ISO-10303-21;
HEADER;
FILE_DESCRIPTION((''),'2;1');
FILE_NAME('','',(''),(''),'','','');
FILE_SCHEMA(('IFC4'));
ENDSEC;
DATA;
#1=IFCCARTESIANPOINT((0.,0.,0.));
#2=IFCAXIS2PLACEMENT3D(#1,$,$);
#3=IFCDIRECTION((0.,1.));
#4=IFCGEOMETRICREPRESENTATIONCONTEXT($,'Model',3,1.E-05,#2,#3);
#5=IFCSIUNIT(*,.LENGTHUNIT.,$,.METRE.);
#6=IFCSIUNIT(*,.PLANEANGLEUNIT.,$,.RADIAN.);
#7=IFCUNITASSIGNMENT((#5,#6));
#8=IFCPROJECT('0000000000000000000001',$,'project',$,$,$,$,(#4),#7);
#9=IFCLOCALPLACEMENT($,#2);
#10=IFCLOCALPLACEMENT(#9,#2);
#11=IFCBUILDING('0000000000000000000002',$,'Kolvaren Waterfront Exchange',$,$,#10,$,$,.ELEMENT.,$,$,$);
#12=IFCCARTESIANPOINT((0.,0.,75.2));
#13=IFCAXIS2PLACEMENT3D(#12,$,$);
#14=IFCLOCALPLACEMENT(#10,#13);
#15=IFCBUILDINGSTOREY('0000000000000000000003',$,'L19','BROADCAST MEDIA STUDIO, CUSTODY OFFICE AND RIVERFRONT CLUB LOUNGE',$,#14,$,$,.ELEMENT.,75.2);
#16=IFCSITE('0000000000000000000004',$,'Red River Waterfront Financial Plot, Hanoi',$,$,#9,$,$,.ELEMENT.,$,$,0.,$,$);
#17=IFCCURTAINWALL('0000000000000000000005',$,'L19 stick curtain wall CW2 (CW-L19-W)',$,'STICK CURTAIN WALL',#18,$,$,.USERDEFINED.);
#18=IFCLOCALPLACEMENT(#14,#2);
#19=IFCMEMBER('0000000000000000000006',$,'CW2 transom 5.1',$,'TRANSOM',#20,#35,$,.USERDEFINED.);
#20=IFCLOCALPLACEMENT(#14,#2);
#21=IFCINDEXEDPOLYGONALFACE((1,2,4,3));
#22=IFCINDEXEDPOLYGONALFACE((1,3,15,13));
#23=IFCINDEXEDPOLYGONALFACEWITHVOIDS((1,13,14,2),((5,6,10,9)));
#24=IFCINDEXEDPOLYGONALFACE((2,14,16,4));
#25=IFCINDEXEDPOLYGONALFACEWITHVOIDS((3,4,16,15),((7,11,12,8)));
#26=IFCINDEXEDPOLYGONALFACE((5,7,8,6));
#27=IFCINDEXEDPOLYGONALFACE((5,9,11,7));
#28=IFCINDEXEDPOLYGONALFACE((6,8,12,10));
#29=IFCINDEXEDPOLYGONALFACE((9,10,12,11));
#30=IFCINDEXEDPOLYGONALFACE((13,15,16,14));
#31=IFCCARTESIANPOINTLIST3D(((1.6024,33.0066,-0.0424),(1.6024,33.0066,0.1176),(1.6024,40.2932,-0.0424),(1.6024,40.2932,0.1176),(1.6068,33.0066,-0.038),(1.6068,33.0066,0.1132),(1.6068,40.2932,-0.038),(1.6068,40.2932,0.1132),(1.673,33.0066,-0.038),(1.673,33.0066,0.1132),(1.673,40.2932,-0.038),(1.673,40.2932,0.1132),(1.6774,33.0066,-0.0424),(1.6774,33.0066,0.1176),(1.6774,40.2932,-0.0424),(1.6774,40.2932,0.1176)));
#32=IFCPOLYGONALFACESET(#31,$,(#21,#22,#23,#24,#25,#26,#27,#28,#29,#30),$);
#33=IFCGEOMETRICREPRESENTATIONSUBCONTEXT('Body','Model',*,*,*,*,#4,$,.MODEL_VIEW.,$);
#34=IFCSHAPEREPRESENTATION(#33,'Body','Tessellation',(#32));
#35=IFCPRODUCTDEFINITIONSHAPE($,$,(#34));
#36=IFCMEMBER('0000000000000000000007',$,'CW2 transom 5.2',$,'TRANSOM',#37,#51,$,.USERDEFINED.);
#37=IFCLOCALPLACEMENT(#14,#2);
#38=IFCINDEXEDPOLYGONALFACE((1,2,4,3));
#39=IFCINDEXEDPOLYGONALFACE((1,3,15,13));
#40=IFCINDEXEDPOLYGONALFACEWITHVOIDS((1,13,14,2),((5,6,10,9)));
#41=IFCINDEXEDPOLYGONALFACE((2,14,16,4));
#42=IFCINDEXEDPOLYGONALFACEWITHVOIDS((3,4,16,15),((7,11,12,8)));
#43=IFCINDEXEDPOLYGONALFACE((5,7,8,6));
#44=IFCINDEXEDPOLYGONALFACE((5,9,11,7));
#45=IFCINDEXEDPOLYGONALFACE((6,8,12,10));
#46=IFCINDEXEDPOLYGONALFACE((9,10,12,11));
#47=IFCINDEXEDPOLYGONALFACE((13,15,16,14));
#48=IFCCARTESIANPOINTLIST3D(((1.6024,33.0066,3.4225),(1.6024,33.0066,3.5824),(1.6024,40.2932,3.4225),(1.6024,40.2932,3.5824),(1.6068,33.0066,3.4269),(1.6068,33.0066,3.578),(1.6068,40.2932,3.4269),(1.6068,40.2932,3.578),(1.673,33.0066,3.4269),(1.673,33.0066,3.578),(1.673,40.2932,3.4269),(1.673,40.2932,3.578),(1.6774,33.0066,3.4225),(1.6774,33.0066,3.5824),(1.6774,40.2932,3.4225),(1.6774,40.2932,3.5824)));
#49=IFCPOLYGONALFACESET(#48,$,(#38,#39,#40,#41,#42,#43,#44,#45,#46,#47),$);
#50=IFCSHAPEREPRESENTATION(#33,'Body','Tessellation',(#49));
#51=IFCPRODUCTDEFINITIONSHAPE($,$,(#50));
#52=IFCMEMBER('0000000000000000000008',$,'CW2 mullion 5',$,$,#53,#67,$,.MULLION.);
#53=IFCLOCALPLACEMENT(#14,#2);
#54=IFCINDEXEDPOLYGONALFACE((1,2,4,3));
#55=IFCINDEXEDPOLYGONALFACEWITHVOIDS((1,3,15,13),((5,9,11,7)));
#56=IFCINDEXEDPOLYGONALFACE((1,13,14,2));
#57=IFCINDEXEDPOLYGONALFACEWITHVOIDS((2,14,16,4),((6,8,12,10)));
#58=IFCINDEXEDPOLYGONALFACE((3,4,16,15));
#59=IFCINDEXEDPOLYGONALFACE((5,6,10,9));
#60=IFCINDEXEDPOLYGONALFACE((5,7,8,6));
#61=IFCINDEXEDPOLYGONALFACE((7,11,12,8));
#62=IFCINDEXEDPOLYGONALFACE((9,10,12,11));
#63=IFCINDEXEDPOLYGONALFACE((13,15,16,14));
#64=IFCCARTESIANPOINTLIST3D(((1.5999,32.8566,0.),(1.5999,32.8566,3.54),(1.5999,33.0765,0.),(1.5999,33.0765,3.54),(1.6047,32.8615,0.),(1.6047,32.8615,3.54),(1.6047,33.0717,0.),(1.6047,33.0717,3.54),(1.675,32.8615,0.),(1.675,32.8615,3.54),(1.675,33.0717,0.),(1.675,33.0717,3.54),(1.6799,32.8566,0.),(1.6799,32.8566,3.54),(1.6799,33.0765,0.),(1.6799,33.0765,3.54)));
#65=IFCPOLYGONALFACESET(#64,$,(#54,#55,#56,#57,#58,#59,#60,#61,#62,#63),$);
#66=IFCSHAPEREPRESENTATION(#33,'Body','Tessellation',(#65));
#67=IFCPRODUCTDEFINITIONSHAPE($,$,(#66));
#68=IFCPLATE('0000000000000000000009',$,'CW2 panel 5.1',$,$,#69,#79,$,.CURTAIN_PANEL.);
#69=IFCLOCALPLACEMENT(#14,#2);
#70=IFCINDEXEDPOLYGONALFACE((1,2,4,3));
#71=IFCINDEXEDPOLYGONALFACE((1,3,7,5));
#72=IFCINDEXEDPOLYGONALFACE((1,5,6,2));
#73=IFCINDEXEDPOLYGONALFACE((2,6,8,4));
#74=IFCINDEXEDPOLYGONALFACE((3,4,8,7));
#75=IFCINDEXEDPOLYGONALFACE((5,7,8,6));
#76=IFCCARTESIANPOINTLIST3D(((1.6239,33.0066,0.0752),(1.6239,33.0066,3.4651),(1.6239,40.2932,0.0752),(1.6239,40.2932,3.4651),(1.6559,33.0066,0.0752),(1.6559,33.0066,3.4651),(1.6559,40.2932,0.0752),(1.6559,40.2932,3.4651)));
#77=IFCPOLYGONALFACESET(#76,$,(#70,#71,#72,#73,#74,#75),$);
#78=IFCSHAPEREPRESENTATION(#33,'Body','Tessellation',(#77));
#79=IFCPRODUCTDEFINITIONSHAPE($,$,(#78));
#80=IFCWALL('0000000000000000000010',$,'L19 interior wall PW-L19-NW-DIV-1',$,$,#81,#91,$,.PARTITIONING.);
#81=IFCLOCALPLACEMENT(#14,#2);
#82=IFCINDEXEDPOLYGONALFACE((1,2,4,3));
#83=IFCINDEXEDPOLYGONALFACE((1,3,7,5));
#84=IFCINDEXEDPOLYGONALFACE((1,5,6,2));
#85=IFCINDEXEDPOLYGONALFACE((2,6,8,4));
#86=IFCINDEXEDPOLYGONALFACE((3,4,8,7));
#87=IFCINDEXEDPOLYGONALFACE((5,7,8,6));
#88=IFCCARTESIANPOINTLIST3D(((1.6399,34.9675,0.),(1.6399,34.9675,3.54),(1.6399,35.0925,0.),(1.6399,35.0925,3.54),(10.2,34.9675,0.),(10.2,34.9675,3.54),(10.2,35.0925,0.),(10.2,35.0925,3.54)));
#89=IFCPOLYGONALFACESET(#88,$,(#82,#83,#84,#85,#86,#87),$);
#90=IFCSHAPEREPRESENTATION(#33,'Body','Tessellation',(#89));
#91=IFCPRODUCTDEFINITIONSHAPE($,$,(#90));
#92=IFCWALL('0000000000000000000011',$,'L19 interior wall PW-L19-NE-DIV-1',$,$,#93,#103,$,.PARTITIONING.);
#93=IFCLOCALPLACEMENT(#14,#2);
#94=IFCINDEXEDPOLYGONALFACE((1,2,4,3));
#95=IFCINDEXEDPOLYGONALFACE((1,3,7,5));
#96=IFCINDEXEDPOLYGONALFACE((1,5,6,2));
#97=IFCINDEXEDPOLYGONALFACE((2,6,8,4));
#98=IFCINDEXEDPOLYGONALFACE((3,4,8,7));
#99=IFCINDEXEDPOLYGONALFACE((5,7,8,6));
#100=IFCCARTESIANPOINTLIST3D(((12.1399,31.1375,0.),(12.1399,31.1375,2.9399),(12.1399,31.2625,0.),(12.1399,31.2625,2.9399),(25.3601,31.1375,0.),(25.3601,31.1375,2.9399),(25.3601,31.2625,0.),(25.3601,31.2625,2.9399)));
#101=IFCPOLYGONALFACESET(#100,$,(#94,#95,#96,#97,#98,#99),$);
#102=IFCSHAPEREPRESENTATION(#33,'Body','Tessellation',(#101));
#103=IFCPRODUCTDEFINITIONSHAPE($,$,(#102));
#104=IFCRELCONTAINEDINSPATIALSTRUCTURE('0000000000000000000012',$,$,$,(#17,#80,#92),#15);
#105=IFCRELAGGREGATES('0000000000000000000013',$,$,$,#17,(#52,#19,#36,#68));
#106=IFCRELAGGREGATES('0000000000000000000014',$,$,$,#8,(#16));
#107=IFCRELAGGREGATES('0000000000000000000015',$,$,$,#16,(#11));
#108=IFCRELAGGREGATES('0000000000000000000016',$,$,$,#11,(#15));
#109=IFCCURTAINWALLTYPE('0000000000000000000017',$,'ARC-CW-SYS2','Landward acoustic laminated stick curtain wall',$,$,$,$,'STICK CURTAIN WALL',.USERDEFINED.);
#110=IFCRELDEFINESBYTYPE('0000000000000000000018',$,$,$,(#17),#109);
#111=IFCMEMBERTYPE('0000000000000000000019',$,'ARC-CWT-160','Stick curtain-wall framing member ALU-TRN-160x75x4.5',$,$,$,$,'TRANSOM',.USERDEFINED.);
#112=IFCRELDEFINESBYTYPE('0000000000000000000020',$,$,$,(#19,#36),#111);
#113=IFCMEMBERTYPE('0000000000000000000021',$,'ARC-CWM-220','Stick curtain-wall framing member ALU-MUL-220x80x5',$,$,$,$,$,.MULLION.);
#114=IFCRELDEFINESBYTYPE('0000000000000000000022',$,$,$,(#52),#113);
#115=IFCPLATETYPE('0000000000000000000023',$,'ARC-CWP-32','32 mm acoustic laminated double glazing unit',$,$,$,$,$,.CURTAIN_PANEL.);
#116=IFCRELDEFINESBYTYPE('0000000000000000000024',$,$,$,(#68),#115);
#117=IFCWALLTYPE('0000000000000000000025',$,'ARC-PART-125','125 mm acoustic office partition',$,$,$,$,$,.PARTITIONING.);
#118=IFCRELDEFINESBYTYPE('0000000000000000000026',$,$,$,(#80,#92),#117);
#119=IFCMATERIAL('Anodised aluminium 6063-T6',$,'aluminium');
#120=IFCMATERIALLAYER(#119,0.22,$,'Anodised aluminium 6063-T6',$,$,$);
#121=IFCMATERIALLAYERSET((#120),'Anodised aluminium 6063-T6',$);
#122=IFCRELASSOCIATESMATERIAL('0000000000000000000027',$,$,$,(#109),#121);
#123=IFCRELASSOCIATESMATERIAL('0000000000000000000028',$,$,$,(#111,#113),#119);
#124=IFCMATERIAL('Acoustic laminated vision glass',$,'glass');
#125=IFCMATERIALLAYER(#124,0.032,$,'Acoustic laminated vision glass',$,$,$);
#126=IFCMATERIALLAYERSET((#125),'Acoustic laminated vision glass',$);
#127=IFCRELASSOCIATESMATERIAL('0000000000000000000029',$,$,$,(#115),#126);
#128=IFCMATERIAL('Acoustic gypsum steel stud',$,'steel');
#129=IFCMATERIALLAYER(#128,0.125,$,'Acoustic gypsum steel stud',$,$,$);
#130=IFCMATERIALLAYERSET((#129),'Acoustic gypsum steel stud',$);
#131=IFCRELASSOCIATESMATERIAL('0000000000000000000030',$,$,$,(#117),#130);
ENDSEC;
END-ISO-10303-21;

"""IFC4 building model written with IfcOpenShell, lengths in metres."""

from ifc_helpers import new_model, si_unit, direction, frame, frame_2d, origin, origin_with_axes, origin_2d, place, context, subcontext, project, spatial, rectangle, hollow_rectangle, extrude, source, transform, mapped, material, layer, layer_set, material_profile, profile_set, type_object, element, aggregate, save


model = new_model("IFC4")

# Units and contexts
model_context = context("Model", 3, precision=1e-05, world=origin(), true_north=direction((0.0, 1.0)))
body_context = subcontext(model_context, "Body", "Model", "MODEL_VIEW")
ifc_project = project(units=[si_unit("LENGTHUNIT", "METRE"), si_unit("PLANEANGLEUNIT", "RADIAN")], contexts=[model_context])

# Site, building, storey
site_placement = place(None, origin())
site = spatial("IfcSite", under=ifc_project, at=site_placement, Name="Red River Waterfront Financial Plot, Hanoi", CompositionType="ELEMENT", RefElevation=0.0)
building_placement = place(site_placement, origin())
building = spatial("IfcBuilding", under=site, at=building_placement, Name="Kolvaren Waterfront Exchange", CompositionType="ELEMENT")
storey_placement = place(building_placement, frame((0.0, 0.0, 75.2)))
storey = spatial("IfcBuildingStorey", under=building, at=storey_placement, Name="L19", Description="BROADCAST MEDIA STUDIO, CUSTODY OFFICE AND RIVERFRONT CLUB LOUNGE", CompositionType="ELEMENT", Elevation=75.2)

# Curtain wall, members, plate
ifc_material_1 = material(Name="Anodised aluminium 6063-T6", Category="aluminium")
ifc_layer_1 = layer(ifc_material_1, 0.22, Name="Anodised aluminium 6063-T6")
ifc_layer_set_1 = layer_set([ifc_layer_1], Name="Anodised aluminium 6063-T6")
curtain_wall_type = type_object("IfcCurtainWallType", Name="ARC-CW-SYS2", Description="Landward acoustic laminated stick curtain wall", ElementType="STICK CURTAIN WALL", PredefinedType="USERDEFINED", material=ifc_layer_set_1)
curtain_wall_placement = place(storey_placement, origin())
curtain_wall = element("IfcCurtainWall", 1, at=curtain_wall_placement, inside=storey, type_object=curtain_wall_type, Name="L19 stick curtain wall CW2 (CW-L19-W)", ObjectType="STICK CURTAIN WALL", PredefinedType="USERDEFINED")
ifc_material_profile_1 = material_profile(ifc_material_1, hollow_rectangle(XDim=0.075, YDim=0.1599, WallThickness=0.0044, at=origin_2d()), Name="ALU-TRN-160x75x4.5")
ifc_profile_set_1 = profile_set([ifc_material_profile_1], Name="Anodised aluminium 6063-T6")
member_type_1 = type_object("IfcMemberType", Name="ARC-CWT-160", Description="Stick curtain-wall framing member ALU-TRN-160x75x4.5", ElementType="TRANSOM", PredefinedType="USERDEFINED", material=ifc_profile_set_1)
shared_shape_1 = source(origin_with_axes(), body_context, "Body", "SweptSolid", [
    extrude(hollow_rectangle(XDim=0.075, YDim=0.1599, WallThickness=0.0044, at=origin_2d()), origin(), (0.0, 0.0, 1.0), 7.2866),
])
member_1_placement = place(storey_placement, frame((1.6399, 33.0066, 0.0376), z_axis=(0.0, 1.0, 0.0), x_axis=(-1.0, 0.0, 0.0)))
member_1 = element("IfcMember", 2, at=member_1_placement, type_object=member_type_1, Name="CW2 transom 5.1", ObjectType="TRANSOM", PredefinedType="USERDEFINED", context=body_context, shape_type="MappedRepresentation", body=[
    mapped(shared_shape_1, transform((0.0, 0.0, 0.0), x_axis=(1.0, 0.0, 0.0), y_axis=(0.0, 1.0, 0.0), z_axis=(0.0, 0.0, 1.0), scale=1.0)),
])
member_2_placement = place(storey_placement, frame((1.6399, 33.0066, 3.5024), z_axis=(0.0, 1.0, 0.0), x_axis=(-1.0, 0.0, 0.0)))
member_2 = element("IfcMember", 3, at=member_2_placement, type_object=member_type_1, Name="CW2 transom 5.2", ObjectType="TRANSOM", PredefinedType="USERDEFINED", context=body_context, shape_type="MappedRepresentation", body=[
    mapped(shared_shape_1, transform((0.0, 0.0, 0.0), x_axis=(1.0, 0.0, 0.0), y_axis=(0.0, 1.0, 0.0), z_axis=(0.0, 0.0, 1.0), scale=1.0)),
])
ifc_material_profile_2 = material_profile(ifc_material_1, hollow_rectangle(XDim=0.0801, YDim=0.22, WallThickness=0.0049, at=origin_2d()), Name="ALU-MUL-220x80x5")
ifc_profile_set_2 = profile_set([ifc_material_profile_2], Name="Anodised aluminium 6063-T6")
member_type_2 = type_object("IfcMemberType", Name="ARC-CWM-220", Description="Stick curtain-wall framing member ALU-MUL-220x80x5", PredefinedType="MULLION", material=ifc_profile_set_2)
shared_shape_2 = source(origin_with_axes(), body_context, "Body", "SweptSolid", [
    extrude(hollow_rectangle(XDim=0.0801, YDim=0.22, WallThickness=0.0049, at=origin_2d()), origin(), (0.0, 0.0, 1.0), 3.54),
])
member_3_placement = place(storey_placement, frame((1.6399, 32.9666, 0.0), z_axis=(0.0, 0.0, 1.0), x_axis=(-1.0, 0.0, 0.0)))
member_3 = element("IfcMember", 4, at=member_3_placement, type_object=member_type_2, Name="CW2 mullion 5", PredefinedType="MULLION", context=body_context, shape_type="MappedRepresentation", body=[
    mapped(shared_shape_2, transform((0.0, 0.0, 0.0), x_axis=(1.0, 0.0, 0.0), y_axis=(0.0, 1.0, 0.0), z_axis=(0.0, 0.0, 1.0), scale=1.0)),
])
ifc_material_2 = material(Name="Acoustic laminated vision glass", Category="glass")
ifc_layer_2 = layer(ifc_material_2, 0.032, Name="Acoustic laminated vision glass")
ifc_layer_set_2 = layer_set([ifc_layer_2], Name="Acoustic laminated vision glass")
plate_type = type_object("IfcPlateType", Name="ARC-CWP-32", Description="32 mm acoustic laminated double glazing unit", PredefinedType="CURTAIN_PANEL", material=ifc_layer_set_2)
shared_shape_3 = source(origin_with_axes(), body_context, "Body", "SweptSolid", [
    extrude(rectangle(XDim=7.2866, YDim=0.032, at=origin_2d()), origin(), (0.0, 0.0, 1.0), 3.3899),
])
plate_placement = place(storey_placement, frame((1.6399, 36.6499, 0.0752), z_axis=(0.0, 0.0, 1.0), x_axis=(0.0, 1.0, 0.0)))
plate = element("IfcPlate", 5, at=plate_placement, type_object=plate_type, Name="CW2 panel 5.1", PredefinedType="CURTAIN_PANEL", context=body_context, shape_type="MappedRepresentation", body=[
    mapped(shared_shape_3, transform((0.0, 0.0, 0.0), x_axis=(1.0, 0.0, 0.0), y_axis=(0.0, 1.0, 0.0), z_axis=(0.0, 0.0, 1.0), scale=1.0)),
])
aggregate(curtain_wall, [member_3, member_1, member_2, plate])

# Walls
ifc_material_3 = material(Name="Acoustic gypsum steel stud", Category="steel")
ifc_layer_3 = layer(ifc_material_3, 0.125, Name="Acoustic gypsum steel stud")
ifc_layer_set_3 = layer_set([ifc_layer_3], Name="Acoustic gypsum steel stud")
wall_type = type_object("IfcWallType", Name="ARC-PART-125", Description="125 mm acoustic office partition", PredefinedType="PARTITIONING", material=ifc_layer_set_3)
wall_1_placement = place(storey_placement, frame((1.6399, 35.03, 0.0), z_axis=(0.0, 0.0, 1.0), x_axis=(1.0, 0.0, 0.0)))
element("IfcWall", 6, at=wall_1_placement, inside=storey, type_object=wall_type, Name="L19 interior wall PW-L19-NW-DIV-1", PredefinedType="PARTITIONING", context=body_context, shape_type="SweptSolid", body=[
    extrude(rectangle(XDim=8.5601, YDim=0.125, at=frame_2d((4.28, 0.0))), origin(), (0.0, 0.0, 1.0), 3.54),
])
wall_2_placement = place(storey_placement, frame((12.1399, 31.2, 0.0), z_axis=(0.0, 0.0, 1.0), x_axis=(1.0, 0.0, 0.0)))
element("IfcWall", 7, at=wall_2_placement, inside=storey, type_object=wall_type, Name="L19 interior wall PW-L19-NE-DIV-1", PredefinedType="PARTITIONING", context=body_context, shape_type="SweptSolid", body=[
    extrude(rectangle(XDim=13.2202, YDim=0.125, at=frame_2d((6.6101, 0.0))), origin(), (0.0, 0.0, 1.0), 2.9399),
])

save(model, "model.ifc")
